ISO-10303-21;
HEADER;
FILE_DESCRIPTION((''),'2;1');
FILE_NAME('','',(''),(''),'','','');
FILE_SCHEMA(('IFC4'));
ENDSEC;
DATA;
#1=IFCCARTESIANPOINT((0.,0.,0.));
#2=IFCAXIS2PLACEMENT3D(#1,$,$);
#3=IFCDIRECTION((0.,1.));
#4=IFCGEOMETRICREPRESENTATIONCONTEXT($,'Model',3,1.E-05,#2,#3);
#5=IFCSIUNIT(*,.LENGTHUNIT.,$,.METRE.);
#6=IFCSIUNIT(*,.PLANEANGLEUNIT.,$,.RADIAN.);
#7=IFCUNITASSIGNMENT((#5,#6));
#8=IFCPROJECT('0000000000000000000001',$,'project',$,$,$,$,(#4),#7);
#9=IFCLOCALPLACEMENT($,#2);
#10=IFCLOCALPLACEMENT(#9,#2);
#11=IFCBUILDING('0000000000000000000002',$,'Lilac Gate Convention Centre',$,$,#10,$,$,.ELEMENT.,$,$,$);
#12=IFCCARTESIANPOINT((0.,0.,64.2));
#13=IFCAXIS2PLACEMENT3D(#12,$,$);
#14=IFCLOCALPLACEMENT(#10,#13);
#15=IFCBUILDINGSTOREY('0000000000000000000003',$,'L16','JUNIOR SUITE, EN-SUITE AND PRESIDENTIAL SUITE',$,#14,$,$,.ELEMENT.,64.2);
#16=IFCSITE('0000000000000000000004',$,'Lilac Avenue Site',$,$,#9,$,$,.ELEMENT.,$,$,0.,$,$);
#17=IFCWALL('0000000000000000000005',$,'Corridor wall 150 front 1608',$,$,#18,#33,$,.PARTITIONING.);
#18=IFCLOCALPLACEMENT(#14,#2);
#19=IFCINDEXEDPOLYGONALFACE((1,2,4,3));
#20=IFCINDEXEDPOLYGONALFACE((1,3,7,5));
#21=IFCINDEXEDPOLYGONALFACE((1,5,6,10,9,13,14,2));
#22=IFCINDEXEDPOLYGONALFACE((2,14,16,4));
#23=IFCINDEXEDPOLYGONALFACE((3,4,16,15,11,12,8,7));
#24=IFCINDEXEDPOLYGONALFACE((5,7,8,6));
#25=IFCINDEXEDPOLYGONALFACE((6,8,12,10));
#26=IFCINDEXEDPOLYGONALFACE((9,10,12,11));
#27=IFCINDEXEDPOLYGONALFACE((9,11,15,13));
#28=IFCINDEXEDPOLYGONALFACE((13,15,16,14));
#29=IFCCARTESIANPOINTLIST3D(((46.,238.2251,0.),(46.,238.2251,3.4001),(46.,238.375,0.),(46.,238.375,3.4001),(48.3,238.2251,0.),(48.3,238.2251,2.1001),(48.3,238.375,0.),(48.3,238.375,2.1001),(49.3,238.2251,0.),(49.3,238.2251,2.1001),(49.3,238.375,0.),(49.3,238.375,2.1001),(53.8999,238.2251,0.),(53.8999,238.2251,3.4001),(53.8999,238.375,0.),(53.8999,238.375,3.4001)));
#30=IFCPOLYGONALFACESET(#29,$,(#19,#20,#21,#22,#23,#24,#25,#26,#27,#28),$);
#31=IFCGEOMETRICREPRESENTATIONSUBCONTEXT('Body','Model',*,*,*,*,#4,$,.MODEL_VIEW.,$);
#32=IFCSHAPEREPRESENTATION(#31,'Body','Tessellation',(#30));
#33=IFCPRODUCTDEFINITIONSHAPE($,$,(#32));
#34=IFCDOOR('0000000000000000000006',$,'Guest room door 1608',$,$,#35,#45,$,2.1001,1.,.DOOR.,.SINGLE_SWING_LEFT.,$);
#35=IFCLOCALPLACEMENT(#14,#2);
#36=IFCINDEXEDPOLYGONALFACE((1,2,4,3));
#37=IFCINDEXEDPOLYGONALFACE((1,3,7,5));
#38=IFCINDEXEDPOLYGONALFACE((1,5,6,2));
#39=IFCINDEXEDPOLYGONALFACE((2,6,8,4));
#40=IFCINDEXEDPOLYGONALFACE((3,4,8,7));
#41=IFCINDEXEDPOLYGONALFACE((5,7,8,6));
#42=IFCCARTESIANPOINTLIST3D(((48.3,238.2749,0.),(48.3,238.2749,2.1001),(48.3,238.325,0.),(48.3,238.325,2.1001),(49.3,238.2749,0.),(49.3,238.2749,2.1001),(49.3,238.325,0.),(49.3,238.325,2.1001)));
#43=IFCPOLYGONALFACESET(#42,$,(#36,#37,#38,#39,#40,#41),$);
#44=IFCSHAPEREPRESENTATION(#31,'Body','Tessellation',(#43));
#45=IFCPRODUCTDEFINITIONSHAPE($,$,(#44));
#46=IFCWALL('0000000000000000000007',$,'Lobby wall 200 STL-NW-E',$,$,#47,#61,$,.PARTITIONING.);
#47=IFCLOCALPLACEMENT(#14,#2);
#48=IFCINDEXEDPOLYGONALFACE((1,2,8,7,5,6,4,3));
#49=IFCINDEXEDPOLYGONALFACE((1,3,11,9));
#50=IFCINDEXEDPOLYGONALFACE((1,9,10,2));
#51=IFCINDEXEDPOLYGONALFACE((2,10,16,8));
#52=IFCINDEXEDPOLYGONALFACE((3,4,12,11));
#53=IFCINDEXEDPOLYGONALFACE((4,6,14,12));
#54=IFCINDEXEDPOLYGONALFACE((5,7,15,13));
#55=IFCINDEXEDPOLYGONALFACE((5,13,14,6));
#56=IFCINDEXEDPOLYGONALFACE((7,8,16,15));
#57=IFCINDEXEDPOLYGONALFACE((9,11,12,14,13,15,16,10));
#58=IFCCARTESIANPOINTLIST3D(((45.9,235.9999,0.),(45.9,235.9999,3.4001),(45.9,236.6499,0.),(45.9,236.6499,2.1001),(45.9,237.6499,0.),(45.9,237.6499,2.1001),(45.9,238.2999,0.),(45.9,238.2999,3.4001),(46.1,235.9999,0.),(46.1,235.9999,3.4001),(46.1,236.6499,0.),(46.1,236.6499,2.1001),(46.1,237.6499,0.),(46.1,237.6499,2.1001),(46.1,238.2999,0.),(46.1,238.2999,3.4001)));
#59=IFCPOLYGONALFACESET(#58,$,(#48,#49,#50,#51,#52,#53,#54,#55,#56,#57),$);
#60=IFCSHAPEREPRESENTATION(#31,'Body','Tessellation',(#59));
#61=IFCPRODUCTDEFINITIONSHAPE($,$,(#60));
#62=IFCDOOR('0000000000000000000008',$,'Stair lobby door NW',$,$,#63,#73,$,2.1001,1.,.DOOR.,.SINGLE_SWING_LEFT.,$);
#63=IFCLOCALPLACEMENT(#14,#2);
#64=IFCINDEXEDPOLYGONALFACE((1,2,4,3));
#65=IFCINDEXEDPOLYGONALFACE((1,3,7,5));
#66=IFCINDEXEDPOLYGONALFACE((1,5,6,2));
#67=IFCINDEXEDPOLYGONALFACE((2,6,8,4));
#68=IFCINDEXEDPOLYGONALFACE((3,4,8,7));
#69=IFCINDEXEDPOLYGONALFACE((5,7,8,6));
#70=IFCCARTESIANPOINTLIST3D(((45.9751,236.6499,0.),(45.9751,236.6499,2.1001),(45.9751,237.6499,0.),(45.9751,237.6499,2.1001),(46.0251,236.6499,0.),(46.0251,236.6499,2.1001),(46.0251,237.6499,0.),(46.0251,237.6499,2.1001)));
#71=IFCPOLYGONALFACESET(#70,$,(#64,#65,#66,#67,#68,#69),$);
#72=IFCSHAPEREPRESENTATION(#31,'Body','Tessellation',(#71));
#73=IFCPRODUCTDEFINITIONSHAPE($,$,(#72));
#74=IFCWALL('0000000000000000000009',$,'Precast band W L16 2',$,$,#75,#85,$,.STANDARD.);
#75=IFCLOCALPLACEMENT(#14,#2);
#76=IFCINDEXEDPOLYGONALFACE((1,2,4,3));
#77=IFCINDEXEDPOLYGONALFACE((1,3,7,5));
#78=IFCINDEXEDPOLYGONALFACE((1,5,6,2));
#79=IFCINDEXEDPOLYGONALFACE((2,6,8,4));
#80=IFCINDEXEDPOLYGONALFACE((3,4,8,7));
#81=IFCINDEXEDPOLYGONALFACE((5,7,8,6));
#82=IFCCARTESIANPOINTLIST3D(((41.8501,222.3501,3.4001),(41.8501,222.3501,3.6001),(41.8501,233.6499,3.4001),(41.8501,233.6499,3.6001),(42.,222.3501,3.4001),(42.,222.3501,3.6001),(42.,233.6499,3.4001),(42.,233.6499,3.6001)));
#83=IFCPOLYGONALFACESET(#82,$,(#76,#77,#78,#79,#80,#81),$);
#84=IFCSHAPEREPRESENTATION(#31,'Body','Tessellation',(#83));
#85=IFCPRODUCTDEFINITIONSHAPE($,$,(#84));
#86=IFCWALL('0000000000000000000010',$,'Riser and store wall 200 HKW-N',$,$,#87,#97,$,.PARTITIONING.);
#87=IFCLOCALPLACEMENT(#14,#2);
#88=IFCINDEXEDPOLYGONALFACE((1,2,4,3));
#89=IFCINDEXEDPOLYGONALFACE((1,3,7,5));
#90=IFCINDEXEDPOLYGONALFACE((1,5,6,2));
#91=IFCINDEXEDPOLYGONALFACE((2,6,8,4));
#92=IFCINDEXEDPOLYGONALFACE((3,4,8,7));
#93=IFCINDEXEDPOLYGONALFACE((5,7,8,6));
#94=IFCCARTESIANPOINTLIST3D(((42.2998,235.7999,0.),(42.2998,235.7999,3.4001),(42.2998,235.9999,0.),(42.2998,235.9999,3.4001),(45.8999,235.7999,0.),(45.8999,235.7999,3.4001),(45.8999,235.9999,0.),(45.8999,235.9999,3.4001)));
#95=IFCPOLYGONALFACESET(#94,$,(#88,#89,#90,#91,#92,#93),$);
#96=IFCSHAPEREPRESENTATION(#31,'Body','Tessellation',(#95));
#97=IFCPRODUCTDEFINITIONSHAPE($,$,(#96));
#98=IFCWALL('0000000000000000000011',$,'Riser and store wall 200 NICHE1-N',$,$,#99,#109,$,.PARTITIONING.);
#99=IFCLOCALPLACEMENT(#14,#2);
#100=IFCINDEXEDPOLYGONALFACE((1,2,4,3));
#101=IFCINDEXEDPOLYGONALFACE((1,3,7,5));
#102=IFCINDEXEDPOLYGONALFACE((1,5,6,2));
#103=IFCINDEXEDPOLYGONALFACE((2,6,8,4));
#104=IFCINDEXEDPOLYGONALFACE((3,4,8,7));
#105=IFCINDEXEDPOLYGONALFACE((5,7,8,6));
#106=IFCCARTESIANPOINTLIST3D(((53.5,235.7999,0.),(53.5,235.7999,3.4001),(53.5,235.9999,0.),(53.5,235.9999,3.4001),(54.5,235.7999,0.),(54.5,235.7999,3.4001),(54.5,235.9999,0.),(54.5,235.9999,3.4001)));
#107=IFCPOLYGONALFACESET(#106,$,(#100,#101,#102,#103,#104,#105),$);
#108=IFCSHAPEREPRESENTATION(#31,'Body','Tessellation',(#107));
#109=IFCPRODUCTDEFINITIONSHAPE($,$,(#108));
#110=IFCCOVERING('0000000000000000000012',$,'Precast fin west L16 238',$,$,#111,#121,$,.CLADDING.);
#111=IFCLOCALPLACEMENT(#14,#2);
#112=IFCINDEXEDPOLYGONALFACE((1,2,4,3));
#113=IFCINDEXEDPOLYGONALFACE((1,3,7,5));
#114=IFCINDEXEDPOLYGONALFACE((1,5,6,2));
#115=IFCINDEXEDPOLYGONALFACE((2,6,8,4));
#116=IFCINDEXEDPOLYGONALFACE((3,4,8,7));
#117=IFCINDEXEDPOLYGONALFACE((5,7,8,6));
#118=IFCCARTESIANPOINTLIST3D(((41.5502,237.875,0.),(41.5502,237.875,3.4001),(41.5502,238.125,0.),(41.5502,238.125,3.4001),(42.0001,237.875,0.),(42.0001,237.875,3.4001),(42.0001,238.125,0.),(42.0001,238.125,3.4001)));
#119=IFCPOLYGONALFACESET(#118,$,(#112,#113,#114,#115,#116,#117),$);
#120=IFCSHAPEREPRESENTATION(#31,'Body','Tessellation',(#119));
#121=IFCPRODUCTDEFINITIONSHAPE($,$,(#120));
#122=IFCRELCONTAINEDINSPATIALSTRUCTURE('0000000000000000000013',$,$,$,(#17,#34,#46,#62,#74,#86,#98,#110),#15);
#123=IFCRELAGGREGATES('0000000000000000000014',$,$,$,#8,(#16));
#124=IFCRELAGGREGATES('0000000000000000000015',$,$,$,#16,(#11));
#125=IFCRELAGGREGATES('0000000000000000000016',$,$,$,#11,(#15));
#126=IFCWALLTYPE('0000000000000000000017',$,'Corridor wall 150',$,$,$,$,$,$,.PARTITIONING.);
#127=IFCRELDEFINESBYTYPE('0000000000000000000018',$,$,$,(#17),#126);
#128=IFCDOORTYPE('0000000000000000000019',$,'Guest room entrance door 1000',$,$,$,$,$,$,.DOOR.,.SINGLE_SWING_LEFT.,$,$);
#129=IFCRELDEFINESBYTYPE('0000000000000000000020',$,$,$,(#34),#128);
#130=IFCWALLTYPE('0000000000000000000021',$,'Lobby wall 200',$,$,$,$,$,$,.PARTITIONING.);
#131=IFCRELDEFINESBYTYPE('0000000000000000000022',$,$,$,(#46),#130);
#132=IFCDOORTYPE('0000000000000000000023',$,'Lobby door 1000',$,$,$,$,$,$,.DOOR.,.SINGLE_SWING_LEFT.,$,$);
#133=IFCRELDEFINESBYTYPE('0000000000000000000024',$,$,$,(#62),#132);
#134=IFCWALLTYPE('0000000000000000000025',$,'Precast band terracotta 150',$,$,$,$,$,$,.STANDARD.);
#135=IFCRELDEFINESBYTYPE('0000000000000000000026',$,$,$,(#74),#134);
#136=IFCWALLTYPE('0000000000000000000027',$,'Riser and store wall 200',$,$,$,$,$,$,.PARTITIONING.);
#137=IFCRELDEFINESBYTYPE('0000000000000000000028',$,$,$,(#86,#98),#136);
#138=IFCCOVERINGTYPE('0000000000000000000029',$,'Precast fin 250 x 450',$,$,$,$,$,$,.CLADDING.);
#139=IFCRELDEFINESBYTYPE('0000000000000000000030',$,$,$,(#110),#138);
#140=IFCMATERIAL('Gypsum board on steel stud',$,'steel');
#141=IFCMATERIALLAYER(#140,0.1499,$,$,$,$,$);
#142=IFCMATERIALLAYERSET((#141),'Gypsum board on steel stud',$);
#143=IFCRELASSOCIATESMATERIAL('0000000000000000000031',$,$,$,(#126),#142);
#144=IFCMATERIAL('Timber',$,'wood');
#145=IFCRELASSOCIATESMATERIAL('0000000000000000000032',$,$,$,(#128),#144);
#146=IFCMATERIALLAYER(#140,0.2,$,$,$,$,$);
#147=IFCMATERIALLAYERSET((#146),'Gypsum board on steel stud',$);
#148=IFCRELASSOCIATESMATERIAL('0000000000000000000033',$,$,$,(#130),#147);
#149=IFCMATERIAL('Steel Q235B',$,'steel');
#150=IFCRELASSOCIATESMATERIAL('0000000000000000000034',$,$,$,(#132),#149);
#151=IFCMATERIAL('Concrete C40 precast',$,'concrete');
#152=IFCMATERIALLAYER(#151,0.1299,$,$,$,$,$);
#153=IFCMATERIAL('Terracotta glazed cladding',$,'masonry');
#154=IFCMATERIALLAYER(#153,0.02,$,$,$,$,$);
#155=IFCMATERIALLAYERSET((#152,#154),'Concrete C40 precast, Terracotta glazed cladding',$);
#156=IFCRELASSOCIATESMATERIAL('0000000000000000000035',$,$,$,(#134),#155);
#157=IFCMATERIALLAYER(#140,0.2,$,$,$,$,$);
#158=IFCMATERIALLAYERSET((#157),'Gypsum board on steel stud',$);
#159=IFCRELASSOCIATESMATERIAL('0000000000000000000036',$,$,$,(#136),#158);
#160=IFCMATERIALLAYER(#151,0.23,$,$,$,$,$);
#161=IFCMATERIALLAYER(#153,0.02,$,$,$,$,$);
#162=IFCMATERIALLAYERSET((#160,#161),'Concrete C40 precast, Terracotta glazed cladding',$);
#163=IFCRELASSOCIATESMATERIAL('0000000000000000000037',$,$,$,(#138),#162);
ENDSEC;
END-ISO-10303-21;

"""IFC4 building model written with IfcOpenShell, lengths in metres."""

from ifc_helpers import new_model, si_unit, direction, frame, frame_2d, origin, place, context, subcontext, project, spatial, rectangle, extrude, material, layer, layer_set, type_object, element, fill, save


model = new_model("IFC4")

# Units and contexts
model_context = context("Model", 3, precision=1e-05, world=origin(), true_north=direction((0.0, 1.0)))
body_context = subcontext(model_context, "Body", "Model", "MODEL_VIEW")
ifc_project = project(units=[si_unit("LENGTHUNIT", "METRE"), si_unit("PLANEANGLEUNIT", "RADIAN")], contexts=[model_context])

# Site, building, storey
site_placement = place(None, origin())
site = spatial("IfcSite", under=ifc_project, at=site_placement, Name="Lilac Avenue Site", CompositionType="ELEMENT", RefElevation=0.0)
building_placement = place(site_placement, origin())
building = spatial("IfcBuilding", under=site, at=building_placement, Name="Lilac Gate Convention Centre", CompositionType="ELEMENT")
storey_placement = place(building_placement, frame((0.0, 0.0, 64.2)))
storey = spatial("IfcBuildingStorey", under=building, at=storey_placement, Name="L16", Description="JUNIOR SUITE, EN-SUITE AND PRESIDENTIAL SUITE", CompositionType="ELEMENT", Elevation=64.2)

# Walls, openings, doors
ifc_material_1 = material(Name="Gypsum board on steel stud", Category="steel")
ifc_layer_1 = layer(ifc_material_1, 0.1499)
ifc_layer_set_1 = layer_set([ifc_layer_1], Name="Gypsum board on steel stud")
wall_type_1 = type_object("IfcWallType", Name="Corridor wall 150", PredefinedType="PARTITIONING", material=ifc_layer_set_1)
wall_1_placement = place(storey_placement, frame((46.0, 238.3, 0.0), z_axis=(0.0, 0.0, 1.0), x_axis=(1.0, 0.0, 0.0)))
wall_1 = element("IfcWall", 1, at=wall_1_placement, inside=storey, type_object=wall_type_1, Name="Corridor wall 150 front 1608", PredefinedType="PARTITIONING", context=body_context, shape_type="SweptSolid", body=[
    extrude(rectangle(XDim=7.8999, YDim=0.1499, at=frame_2d((3.95, 0.0))), origin(), (0.0, 0.0, 1.0), 3.4001),
])
opening_1_placement = place(wall_1_placement, frame((2.3, 0.0, 0.0)))
opening_1 = element("IfcOpeningElement", 2, at=opening_1_placement, cuts=wall_1, PredefinedType="OPENING", context=body_context, shape_type="SweptSolid", body=[
    extrude(rectangle(XDim=1.0, YDim=2.1001, at=frame_2d((0.5, 1.05))), frame((0.0, 0.085, 0.0), z_axis=(0.0, -1.0, 0.0), x_axis=(1.0, 0.0, 0.0)), (0.0, 0.0, 1.0), 0.1699),
])
ifc_material_2 = material(Name="Timber", Category="wood")
door_type_1 = type_object("IfcDoorType", Name="Guest room entrance door 1000", OperationType="SINGLE_SWING_LEFT", PredefinedType="DOOR", material=ifc_material_2)
door_1_placement = place(opening_1_placement, origin())
door_1 = element("IfcDoor", 3, at=door_1_placement, inside=storey, type_object=door_type_1, Name="Guest room door 1608", OperationType="SINGLE_SWING_LEFT", OverallHeight=2.1001, OverallWidth=1.0, PredefinedType="DOOR", context=body_context, shape_type="SweptSolid", body=[
    extrude(rectangle(XDim=1.0, YDim=2.1001, at=frame_2d((0.5, 1.05))), frame((0.0, 0.0249, 0.0), z_axis=(0.0, -1.0, 0.0), x_axis=(1.0, 0.0, 0.0)), (0.0, 0.0, 1.0), 0.05),
])
fill(opening_1, door_1)
ifc_layer_2 = layer(ifc_material_1, 0.2)
ifc_layer_set_2 = layer_set([ifc_layer_2], Name="Gypsum board on steel stud")
wall_type_2 = type_object("IfcWallType", Name="Lobby wall 200", PredefinedType="PARTITIONING", material=ifc_layer_set_2)
wall_2_placement = place(storey_placement, frame((46.0, 236.0, 0.0), z_axis=(0.0, 0.0, 1.0), x_axis=(0.0, 1.0, 0.0)))
wall_2 = element("IfcWall", 4, at=wall_2_placement, inside=storey, type_object=wall_type_2, Name="Lobby wall 200 STL-NW-E", PredefinedType="PARTITIONING", context=body_context, shape_type="SweptSolid", body=[
    extrude(rectangle(XDim=2.3, YDim=0.2, at=frame_2d((1.1499, 0.0))), origin(), (0.0, 0.0, 1.0), 3.4001),
])
opening_2_placement = place(wall_2_placement, frame((0.6499, 0.0, 0.0)))
opening_2 = element("IfcOpeningElement", 5, at=opening_2_placement, cuts=wall_2, PredefinedType="OPENING", context=body_context, shape_type="SweptSolid", body=[
    extrude(rectangle(XDim=1.0, YDim=2.1001, at=frame_2d((0.5, 1.05))), frame((0.0, 0.1099, 0.0), z_axis=(0.0, -1.0, 0.0), x_axis=(1.0, 0.0, 0.0)), (0.0, 0.0, 1.0), 0.22),
])
ifc_material_3 = material(Name="Steel Q235B", Category="steel")
door_type_2 = type_object("IfcDoorType", Name="Lobby door 1000", OperationType="SINGLE_SWING_LEFT", PredefinedType="DOOR", material=ifc_material_3)
door_2_placement = place(opening_2_placement, origin())
door_2 = element("IfcDoor", 6, at=door_2_placement, inside=storey, type_object=door_type_2, Name="Stair lobby door NW", OperationType="SINGLE_SWING_LEFT", OverallHeight=2.1001, OverallWidth=1.0, PredefinedType="DOOR", context=body_context, shape_type="SweptSolid", body=[
    extrude(rectangle(XDim=1.0, YDim=2.1001, at=frame_2d((0.5, 1.05))), frame((0.0, 0.0249, 0.0), z_axis=(0.0, -1.0, 0.0), x_axis=(1.0, 0.0, 0.0)), (0.0, 0.0, 1.0), 0.05),
])
fill(opening_2, door_2)

# Walls
ifc_material_4 = material(Name="Concrete C40 precast", Category="concrete")
ifc_layer_3 = layer(ifc_material_4, 0.1299)
ifc_material_5 = material(Name="Terracotta glazed cladding", Category="masonry")
ifc_layer_4 = layer(ifc_material_5, 0.02)
ifc_layer_set_3 = layer_set([ifc_layer_3, ifc_layer_4], Name="Concrete C40 precast, Terracotta glazed cladding")
wall_type_3 = type_object("IfcWallType", Name="Precast band terracotta 150", PredefinedType="STANDARD", material=ifc_layer_set_3)
wall_3_placement = place(storey_placement, frame((41.925, 233.6499, 3.4001), z_axis=(0.0, 0.0, 1.0), x_axis=(0.0, -1.0, 0.0)))
element("IfcWall", 7, at=wall_3_placement, inside=storey, type_object=wall_type_3, Name="Precast band W L16 2", PredefinedType="STANDARD", context=body_context, shape_type="SweptSolid", body=[
    extrude(rectangle(XDim=11.2998, YDim=0.1499, at=frame_2d((5.6499, 0.0))), origin(), (0.0, 0.0, 1.0), 0.2),
])
ifc_layer_5 = layer(ifc_material_1, 0.2)
ifc_layer_set_4 = layer_set([ifc_layer_5], Name="Gypsum board on steel stud")
wall_type_4 = type_object("IfcWallType", Name="Riser and store wall 200", PredefinedType="PARTITIONING", material=ifc_layer_set_4)
wall_4_placement = place(storey_placement, frame((42.2998, 235.8999, 0.0), z_axis=(0.0, 0.0, 1.0), x_axis=(1.0, 0.0, 0.0)))
element("IfcWall", 8, at=wall_4_placement, inside=storey, type_object=wall_type_4, Name="Riser and store wall 200 HKW-N", PredefinedType="PARTITIONING", context=body_context, shape_type="SweptSolid", body=[
    extrude(rectangle(XDim=3.6001, YDim=0.2, at=frame_2d((1.8, 0.0))), origin(), (0.0, 0.0, 1.0), 3.4001),
])
wall_5_placement = place(storey_placement, frame((53.5, 235.8999, 0.0), z_axis=(0.0, 0.0, 1.0), x_axis=(1.0, 0.0, 0.0)))
element("IfcWall", 9, at=wall_5_placement, inside=storey, type_object=wall_type_4, Name="Riser and store wall 200 NICHE1-N", PredefinedType="PARTITIONING", context=body_context, shape_type="SweptSolid", body=[
    extrude(rectangle(XDim=1.0, YDim=0.2, at=frame_2d((0.5, 0.0))), origin(), (0.0, 0.0, 1.0), 3.4001),
])

# Covering
ifc_layer_6 = layer(ifc_material_4, 0.23)
ifc_layer_7 = layer(ifc_material_5, 0.02)
ifc_layer_set_5 = layer_set([ifc_layer_6, ifc_layer_7], Name="Concrete C40 precast, Terracotta glazed cladding")
covering_type = type_object("IfcCoveringType", Name="Precast fin 250 x 450", PredefinedType="CLADDING", material=ifc_layer_set_5)
covering_placement = place(storey_placement, frame((41.55, 238.0, 0.0), z_axis=(0.0, 0.0, 1.0), x_axis=(1.0, 0.0, 0.0)))
element("IfcCovering", 10, at=covering_placement, inside=storey, type_object=covering_type, Name="Precast fin west L16 238", PredefinedType="CLADDING", context=body_context, shape_type="SweptSolid", body=[
    extrude(rectangle(XDim=0.45, YDim=0.25, at=frame_2d((0.2251, 0.0))), origin(), (0.0, 0.0, 1.0), 3.4001),
])

save(model, "model.ifc")
